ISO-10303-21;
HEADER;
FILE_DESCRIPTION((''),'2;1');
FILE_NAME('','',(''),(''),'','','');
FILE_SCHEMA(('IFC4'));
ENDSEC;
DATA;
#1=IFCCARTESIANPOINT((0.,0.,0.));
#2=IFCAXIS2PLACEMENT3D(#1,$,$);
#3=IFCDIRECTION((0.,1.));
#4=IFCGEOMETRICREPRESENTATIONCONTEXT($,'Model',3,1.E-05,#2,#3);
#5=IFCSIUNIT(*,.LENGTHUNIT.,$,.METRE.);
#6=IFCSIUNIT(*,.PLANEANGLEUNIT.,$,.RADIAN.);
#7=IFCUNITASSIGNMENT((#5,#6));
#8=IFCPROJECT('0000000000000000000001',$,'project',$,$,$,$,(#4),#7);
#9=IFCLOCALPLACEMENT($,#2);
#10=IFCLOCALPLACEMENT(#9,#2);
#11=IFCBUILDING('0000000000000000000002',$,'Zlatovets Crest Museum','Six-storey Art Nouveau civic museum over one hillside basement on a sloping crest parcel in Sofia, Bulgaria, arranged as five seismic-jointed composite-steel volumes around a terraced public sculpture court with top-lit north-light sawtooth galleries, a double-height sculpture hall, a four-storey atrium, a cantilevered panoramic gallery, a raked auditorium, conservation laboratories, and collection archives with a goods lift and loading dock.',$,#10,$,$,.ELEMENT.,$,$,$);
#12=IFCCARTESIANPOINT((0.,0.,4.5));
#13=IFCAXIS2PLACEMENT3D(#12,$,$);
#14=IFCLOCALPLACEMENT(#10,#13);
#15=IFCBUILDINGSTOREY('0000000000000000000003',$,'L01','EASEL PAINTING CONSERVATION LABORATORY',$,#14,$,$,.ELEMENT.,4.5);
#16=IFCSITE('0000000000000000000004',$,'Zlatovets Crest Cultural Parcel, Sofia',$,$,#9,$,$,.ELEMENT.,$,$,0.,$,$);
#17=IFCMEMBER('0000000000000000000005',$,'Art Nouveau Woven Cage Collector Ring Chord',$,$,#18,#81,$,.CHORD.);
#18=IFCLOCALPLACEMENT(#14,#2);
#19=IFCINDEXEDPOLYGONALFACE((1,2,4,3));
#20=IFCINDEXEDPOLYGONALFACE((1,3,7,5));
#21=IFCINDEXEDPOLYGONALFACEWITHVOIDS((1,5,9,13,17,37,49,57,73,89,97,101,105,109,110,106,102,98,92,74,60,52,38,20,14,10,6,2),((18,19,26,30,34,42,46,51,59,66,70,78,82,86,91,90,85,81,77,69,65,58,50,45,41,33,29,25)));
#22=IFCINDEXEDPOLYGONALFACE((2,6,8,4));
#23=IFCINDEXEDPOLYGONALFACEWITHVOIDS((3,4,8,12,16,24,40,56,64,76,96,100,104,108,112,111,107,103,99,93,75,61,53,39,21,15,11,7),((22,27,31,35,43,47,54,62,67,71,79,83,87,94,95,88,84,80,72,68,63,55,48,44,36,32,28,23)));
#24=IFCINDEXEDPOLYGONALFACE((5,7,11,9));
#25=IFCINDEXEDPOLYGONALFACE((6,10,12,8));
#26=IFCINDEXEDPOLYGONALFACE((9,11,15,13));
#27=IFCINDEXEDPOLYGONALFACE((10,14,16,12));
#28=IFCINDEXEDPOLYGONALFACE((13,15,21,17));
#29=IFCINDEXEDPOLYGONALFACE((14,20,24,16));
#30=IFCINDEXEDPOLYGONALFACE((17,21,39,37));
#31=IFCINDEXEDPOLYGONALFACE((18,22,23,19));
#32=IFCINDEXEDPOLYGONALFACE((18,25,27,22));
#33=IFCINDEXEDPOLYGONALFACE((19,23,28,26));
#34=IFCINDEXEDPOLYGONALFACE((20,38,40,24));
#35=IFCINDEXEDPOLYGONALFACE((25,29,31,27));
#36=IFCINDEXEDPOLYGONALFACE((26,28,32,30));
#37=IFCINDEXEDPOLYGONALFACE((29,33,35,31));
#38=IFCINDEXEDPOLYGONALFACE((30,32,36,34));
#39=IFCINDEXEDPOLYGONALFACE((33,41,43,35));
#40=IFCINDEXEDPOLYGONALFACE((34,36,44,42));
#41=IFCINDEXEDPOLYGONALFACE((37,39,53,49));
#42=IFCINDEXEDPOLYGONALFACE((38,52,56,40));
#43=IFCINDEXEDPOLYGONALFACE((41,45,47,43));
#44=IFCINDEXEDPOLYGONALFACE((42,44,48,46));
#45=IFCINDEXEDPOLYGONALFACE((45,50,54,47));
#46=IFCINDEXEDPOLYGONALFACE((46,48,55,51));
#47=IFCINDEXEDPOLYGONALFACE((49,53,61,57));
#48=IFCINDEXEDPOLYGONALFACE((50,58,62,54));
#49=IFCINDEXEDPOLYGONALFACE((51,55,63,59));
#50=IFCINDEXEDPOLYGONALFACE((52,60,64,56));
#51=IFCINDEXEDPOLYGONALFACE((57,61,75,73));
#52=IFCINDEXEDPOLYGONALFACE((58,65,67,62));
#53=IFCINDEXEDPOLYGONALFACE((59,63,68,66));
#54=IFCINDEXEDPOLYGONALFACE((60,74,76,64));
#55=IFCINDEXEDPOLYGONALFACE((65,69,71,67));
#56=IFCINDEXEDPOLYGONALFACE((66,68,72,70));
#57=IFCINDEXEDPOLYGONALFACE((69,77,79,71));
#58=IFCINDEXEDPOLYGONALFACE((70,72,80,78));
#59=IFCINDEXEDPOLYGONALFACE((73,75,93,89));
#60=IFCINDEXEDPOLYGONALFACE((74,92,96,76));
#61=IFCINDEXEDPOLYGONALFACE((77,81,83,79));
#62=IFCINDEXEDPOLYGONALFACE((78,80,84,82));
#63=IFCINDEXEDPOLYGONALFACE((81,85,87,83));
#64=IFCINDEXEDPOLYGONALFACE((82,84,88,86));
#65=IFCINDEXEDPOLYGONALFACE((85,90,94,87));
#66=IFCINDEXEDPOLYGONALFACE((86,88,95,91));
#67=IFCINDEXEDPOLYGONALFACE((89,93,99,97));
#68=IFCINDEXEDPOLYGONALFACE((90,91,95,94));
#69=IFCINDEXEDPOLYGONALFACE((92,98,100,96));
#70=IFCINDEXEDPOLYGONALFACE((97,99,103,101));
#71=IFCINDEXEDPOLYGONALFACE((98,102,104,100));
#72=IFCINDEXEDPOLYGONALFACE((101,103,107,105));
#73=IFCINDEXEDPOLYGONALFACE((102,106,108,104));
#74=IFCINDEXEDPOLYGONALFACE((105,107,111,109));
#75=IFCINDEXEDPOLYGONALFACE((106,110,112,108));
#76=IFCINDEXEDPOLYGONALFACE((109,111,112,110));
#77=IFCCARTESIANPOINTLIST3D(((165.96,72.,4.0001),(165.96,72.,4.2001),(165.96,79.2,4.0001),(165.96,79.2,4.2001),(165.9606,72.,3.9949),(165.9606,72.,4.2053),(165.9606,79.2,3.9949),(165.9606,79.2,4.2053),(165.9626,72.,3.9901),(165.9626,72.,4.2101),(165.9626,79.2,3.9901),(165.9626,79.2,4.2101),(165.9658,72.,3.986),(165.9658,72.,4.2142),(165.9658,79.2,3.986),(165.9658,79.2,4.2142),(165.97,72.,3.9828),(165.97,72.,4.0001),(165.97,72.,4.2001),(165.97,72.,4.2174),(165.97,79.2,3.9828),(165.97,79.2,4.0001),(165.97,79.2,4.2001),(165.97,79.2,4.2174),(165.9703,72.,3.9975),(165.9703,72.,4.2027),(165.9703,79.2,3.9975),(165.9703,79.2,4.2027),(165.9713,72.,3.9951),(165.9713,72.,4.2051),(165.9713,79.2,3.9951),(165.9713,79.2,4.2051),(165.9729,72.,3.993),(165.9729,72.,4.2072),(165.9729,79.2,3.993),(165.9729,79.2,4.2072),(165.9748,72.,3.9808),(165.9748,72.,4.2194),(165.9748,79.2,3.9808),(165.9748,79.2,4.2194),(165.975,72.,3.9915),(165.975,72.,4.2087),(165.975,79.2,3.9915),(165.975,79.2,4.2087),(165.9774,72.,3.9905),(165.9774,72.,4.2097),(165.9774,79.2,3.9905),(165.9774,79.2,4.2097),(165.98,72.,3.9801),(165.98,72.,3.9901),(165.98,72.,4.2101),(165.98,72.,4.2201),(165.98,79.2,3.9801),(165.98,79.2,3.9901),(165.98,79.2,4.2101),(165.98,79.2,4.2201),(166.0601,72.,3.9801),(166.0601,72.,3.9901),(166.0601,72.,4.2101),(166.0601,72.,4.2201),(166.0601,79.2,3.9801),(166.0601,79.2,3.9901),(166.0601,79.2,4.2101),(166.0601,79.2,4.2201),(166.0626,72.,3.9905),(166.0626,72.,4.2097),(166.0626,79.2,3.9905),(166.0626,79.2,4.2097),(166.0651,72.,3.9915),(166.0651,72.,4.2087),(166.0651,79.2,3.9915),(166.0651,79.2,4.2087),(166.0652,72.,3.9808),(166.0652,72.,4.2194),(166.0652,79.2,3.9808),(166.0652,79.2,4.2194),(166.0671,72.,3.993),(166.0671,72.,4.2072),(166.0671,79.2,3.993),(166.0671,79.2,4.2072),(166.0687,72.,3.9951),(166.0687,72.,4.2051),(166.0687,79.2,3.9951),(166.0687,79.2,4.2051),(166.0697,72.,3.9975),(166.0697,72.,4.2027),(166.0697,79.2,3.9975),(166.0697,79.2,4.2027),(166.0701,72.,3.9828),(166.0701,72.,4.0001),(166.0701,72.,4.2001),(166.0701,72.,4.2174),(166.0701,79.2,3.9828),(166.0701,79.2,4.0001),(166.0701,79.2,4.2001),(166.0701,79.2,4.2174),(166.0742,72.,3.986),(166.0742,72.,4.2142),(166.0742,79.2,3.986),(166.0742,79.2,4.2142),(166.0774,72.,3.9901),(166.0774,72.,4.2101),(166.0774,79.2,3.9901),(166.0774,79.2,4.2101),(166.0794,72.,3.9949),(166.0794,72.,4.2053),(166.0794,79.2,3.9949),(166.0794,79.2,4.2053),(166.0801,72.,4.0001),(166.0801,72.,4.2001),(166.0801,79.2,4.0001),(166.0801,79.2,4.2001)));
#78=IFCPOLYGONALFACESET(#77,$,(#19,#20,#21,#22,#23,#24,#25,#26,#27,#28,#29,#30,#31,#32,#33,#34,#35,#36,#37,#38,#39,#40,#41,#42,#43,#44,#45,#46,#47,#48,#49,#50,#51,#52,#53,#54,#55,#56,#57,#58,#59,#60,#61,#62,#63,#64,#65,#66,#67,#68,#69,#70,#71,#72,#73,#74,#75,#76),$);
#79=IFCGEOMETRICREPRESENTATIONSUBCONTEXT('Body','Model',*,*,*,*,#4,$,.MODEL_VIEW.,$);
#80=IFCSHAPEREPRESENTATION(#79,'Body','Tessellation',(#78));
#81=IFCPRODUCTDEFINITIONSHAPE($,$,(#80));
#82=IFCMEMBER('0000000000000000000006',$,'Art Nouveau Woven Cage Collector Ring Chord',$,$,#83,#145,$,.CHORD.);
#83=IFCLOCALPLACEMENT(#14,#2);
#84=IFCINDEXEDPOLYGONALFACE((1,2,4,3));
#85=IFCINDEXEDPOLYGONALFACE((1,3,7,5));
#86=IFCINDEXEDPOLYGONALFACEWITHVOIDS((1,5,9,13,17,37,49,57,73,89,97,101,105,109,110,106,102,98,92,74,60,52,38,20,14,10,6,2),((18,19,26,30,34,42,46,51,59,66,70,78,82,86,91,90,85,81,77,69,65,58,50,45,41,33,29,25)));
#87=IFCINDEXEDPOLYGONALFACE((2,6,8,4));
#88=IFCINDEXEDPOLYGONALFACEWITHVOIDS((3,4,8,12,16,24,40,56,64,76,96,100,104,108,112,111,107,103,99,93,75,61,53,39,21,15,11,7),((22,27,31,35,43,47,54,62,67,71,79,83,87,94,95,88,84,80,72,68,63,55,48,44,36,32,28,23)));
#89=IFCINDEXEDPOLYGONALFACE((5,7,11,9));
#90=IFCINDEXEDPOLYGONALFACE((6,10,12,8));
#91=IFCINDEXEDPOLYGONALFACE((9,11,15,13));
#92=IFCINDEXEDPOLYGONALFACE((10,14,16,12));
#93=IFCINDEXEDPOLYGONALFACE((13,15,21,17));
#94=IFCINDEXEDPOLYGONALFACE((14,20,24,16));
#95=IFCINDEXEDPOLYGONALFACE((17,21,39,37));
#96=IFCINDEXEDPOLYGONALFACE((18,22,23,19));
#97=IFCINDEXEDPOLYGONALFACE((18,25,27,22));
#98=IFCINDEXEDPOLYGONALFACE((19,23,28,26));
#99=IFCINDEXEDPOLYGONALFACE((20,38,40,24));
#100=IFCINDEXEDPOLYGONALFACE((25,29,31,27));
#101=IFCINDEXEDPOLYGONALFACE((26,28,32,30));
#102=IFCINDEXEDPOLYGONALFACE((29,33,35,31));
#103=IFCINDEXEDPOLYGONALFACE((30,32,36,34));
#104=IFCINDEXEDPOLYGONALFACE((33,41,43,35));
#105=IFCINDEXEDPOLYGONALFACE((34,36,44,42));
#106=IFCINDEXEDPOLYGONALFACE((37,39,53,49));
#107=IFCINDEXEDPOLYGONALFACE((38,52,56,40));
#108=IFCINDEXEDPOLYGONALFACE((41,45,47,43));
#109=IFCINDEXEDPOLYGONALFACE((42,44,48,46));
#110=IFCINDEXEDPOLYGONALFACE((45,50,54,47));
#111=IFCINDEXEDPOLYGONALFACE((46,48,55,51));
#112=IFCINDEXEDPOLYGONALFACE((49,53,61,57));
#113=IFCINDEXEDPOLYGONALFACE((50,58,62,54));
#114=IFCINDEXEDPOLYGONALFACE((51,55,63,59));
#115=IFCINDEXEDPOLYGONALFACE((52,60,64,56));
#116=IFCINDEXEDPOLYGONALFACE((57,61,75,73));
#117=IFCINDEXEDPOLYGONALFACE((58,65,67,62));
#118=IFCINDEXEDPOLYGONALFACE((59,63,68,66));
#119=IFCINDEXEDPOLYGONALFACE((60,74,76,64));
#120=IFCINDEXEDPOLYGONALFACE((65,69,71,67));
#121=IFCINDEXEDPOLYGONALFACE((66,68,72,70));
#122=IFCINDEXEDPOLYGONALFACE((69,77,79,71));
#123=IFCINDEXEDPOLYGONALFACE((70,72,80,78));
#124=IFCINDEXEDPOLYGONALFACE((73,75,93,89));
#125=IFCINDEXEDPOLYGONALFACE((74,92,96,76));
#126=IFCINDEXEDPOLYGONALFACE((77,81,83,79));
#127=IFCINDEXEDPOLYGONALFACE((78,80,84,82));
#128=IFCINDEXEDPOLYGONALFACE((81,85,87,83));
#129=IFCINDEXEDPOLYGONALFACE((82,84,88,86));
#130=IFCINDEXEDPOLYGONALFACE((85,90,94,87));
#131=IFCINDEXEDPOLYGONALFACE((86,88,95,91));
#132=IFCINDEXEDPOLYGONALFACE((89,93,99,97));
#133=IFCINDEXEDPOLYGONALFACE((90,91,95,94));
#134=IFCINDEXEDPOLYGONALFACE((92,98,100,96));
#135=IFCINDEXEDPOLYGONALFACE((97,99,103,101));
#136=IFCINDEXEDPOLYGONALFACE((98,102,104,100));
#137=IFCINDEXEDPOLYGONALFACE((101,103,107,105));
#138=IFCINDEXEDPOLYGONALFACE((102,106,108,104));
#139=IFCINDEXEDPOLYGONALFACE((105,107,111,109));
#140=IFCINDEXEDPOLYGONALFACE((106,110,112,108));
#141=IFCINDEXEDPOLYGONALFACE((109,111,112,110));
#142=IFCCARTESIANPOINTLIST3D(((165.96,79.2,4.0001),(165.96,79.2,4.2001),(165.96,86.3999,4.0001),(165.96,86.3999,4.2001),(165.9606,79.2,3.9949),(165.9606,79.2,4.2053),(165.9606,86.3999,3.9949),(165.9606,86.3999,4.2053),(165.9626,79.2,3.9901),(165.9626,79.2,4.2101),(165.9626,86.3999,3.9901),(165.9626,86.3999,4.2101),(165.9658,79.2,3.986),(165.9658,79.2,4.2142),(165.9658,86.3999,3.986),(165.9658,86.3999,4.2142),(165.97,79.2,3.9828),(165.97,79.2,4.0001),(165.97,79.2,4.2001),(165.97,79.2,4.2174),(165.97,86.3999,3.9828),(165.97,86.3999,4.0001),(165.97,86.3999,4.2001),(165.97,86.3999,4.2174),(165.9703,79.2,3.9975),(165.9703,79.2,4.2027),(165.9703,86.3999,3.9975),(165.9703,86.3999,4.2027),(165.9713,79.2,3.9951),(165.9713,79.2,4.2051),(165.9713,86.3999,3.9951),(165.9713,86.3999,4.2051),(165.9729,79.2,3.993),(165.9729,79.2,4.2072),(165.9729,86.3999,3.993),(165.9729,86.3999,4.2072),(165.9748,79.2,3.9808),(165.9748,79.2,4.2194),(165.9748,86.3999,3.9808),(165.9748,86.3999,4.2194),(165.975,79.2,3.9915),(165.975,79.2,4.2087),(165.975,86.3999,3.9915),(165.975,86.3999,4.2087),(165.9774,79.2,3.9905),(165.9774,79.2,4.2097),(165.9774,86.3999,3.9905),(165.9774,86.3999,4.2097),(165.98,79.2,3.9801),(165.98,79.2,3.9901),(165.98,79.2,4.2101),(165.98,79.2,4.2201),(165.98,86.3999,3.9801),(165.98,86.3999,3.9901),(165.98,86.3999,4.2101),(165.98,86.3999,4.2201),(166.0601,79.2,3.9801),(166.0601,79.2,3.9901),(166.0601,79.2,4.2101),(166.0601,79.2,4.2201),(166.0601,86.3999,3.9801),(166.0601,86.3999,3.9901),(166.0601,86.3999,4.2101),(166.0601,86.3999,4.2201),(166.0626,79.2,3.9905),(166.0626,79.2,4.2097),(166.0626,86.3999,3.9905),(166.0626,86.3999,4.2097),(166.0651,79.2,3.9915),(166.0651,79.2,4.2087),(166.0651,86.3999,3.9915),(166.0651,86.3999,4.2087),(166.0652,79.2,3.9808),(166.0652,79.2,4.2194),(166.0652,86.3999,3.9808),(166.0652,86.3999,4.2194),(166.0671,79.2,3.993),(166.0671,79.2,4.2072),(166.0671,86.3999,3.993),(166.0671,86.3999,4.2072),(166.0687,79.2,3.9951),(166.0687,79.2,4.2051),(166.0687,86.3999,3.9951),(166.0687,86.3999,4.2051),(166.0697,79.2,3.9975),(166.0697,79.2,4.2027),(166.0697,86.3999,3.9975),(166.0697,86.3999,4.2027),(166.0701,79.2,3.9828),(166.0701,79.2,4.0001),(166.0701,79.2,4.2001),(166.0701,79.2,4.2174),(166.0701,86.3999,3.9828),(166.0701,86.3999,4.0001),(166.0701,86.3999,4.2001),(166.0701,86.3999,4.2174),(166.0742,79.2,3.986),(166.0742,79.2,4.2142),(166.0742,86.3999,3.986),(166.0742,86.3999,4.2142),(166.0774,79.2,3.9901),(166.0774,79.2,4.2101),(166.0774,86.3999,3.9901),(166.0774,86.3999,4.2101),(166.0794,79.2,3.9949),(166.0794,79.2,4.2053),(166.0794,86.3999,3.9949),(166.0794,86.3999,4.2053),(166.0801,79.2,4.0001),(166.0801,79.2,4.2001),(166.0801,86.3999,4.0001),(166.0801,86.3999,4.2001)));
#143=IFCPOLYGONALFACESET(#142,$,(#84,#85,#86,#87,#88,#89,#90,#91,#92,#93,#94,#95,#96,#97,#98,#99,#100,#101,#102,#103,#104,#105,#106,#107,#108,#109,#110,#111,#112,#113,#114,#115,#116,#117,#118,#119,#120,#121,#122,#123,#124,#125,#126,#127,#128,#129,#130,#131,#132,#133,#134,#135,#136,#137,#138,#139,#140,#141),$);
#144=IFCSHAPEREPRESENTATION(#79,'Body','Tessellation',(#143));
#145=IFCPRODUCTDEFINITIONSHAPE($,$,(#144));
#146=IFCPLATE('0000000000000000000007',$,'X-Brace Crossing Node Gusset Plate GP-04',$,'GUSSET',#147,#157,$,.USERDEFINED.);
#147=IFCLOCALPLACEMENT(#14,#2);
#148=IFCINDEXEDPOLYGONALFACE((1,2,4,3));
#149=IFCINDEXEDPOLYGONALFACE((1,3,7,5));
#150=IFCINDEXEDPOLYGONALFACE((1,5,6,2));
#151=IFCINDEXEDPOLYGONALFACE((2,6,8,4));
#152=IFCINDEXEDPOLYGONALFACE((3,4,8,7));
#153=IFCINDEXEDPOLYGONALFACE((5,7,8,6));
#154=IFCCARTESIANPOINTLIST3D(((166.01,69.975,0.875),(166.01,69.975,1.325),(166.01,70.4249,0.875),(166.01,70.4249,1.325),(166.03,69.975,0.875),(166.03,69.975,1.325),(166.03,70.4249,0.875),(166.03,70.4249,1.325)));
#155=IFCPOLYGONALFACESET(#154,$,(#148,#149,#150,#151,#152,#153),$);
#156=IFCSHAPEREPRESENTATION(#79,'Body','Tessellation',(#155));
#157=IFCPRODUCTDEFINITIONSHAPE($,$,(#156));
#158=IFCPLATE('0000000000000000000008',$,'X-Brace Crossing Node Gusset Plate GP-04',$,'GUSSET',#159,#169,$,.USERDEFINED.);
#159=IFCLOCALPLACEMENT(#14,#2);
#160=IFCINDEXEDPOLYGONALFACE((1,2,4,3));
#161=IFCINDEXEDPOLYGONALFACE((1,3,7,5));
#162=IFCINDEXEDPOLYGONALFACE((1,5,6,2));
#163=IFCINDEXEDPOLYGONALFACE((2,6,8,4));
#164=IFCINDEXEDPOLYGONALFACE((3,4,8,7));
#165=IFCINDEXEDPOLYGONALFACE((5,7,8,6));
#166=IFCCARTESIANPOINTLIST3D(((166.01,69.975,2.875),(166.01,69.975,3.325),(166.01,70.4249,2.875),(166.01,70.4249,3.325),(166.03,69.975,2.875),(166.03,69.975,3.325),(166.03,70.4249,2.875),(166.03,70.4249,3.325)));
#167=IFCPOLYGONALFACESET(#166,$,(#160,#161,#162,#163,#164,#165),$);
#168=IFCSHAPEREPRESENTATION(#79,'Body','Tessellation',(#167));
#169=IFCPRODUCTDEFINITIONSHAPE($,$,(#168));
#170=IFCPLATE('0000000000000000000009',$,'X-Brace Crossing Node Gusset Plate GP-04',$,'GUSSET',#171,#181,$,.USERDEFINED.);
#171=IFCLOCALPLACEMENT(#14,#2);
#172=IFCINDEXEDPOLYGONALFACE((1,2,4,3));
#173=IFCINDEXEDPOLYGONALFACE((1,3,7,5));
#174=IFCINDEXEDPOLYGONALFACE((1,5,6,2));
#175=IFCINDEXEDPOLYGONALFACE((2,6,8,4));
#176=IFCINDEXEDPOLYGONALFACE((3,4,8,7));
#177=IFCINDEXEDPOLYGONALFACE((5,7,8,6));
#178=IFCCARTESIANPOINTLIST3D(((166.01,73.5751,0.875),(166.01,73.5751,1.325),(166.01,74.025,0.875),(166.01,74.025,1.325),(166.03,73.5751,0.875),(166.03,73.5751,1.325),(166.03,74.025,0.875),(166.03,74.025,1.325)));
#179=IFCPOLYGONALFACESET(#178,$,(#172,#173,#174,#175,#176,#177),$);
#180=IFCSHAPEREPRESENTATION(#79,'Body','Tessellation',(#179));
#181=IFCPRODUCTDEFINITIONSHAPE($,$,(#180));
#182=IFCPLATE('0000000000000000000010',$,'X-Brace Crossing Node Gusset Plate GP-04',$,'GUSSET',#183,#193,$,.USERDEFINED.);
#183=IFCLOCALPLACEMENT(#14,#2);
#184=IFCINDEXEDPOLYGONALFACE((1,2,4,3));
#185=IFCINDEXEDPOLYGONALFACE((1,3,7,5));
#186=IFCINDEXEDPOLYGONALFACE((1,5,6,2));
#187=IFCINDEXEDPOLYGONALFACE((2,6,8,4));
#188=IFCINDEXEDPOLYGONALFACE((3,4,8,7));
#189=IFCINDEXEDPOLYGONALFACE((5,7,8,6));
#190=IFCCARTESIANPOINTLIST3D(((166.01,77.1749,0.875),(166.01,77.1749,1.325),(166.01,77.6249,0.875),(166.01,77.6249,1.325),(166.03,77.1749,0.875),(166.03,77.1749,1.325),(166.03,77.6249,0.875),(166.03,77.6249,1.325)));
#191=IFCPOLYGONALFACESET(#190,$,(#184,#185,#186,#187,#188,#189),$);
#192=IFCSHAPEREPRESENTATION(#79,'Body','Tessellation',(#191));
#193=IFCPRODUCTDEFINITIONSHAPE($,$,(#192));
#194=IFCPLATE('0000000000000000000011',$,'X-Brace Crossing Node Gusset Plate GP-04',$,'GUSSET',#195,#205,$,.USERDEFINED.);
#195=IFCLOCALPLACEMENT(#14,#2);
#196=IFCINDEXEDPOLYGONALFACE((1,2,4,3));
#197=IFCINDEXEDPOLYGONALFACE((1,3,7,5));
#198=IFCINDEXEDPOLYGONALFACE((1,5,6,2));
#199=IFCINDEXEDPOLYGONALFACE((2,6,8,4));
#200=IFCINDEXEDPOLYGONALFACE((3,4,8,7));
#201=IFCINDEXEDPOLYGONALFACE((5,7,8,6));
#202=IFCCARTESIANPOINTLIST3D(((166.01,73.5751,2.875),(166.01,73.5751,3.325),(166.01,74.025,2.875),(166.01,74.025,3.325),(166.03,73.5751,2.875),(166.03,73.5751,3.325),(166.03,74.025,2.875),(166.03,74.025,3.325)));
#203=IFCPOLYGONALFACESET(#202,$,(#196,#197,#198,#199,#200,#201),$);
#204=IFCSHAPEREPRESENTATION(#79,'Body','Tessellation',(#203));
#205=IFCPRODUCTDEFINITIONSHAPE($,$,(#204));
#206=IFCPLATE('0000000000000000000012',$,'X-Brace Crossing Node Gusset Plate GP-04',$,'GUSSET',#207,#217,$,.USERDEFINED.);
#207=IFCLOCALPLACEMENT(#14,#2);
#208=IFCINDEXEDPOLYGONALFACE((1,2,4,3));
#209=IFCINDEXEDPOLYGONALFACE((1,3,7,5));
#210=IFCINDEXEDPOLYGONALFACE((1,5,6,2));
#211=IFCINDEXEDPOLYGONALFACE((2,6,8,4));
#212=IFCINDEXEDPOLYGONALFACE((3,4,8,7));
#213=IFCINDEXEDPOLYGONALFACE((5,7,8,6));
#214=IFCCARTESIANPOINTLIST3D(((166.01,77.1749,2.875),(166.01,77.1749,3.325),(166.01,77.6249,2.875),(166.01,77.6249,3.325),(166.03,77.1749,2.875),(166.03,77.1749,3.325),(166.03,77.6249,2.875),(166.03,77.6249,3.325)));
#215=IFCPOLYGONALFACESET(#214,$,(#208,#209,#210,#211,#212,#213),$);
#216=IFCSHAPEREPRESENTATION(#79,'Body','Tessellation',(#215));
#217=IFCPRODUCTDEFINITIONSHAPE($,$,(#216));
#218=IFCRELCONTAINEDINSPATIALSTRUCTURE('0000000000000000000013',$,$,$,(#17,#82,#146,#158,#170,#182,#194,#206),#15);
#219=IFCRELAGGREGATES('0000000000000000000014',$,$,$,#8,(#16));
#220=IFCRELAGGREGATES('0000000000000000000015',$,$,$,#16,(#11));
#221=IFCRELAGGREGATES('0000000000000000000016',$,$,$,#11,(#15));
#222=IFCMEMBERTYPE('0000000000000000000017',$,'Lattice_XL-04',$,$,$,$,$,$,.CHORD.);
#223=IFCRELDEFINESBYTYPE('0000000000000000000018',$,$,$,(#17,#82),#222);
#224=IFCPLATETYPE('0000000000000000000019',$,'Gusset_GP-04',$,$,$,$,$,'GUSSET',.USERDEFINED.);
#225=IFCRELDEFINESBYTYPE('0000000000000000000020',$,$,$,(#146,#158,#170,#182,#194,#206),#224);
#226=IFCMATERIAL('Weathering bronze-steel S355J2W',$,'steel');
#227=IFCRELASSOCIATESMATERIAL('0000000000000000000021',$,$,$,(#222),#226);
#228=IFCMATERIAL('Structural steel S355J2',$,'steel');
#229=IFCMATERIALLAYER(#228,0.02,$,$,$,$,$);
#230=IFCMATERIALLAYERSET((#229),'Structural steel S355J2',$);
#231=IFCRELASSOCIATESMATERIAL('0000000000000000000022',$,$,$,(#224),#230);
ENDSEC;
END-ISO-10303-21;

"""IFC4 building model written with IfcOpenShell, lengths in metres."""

from ifc_helpers import new_model, si_unit, direction, frame, origin, origin_2d, place, context, subcontext, project, spatial, rectangle, hollow_rectangle, extrude, material, layer, layer_set, material_profile, profile_set, type_object, element, save


model = new_model("IFC4")

# Units and contexts
model_context = context("Model", 3, precision=1e-05, world=origin(), true_north=direction((0.0, 1.0)))
body_context = subcontext(model_context, "Body", "Model", "MODEL_VIEW")
ifc_project = project(units=[si_unit("LENGTHUNIT", "METRE"), si_unit("PLANEANGLEUNIT", "RADIAN")], contexts=[model_context])

# Site, building, storey
site_placement = place(None, origin())
site = spatial("IfcSite", under=ifc_project, at=site_placement, Name="Zlatovets Crest Cultural Parcel, Sofia", CompositionType="ELEMENT", RefElevation=0.0)
building_placement = place(site_placement, origin())
building = spatial("IfcBuilding", under=site, at=building_placement, Name="Zlatovets Crest Museum", Description="Six-storey Art Nouveau civic museum over one hillside basement on a sloping crest parcel in Sofia, Bulgaria, arranged as five seismic-jointed composite-steel volumes around a terraced public sculpture court with top-lit north-light sawtooth galleries, a double-height sculpture hall, a four-storey atrium, a cantilevered panoramic gallery, a raked auditorium, conservation laboratories, and collection archives with a goods lift and loading dock.", CompositionType="ELEMENT")
storey_placement = place(building_placement, frame((0.0, 0.0, 4.5)))
storey = spatial("IfcBuildingStorey", under=building, at=storey_placement, Name="L01", Description="EASEL PAINTING CONSERVATION LABORATORY", CompositionType="ELEMENT", Elevation=4.5)

# Members
ifc_material_1 = material(Name="Weathering bronze-steel S355J2W", Category="steel")
ifc_material_profile_1 = material_profile(ifc_material_1, hollow_rectangle(XDim=0.1201, YDim=0.24, WallThickness=0.01, InnerFilletRadius=0.01, OuterFilletRadius=0.02, at=origin_2d()), Name="RHS 120x240x10.0")
ifc_profile_set_1 = profile_set([ifc_material_profile_1], Name="Weathering bronze-steel S355J2W")
member_type_1 = type_object("IfcMemberType", Name="Lattice_XL-04", PredefinedType="CHORD", material=ifc_profile_set_1)
for number, where, z_axis, x_axis, name in (
    (1, (166.02, 72.0, 4.1001), (0.0, 1.0, 0.0), (-1.0, 0.0, 0.0), "Art Nouveau Woven Cage Collector Ring Chord"),
    (2, (166.02, 79.2, 4.1001), (0.0, 1.0, 0.0), (-1.0, 0.0, 0.0), "Art Nouveau Woven Cage Collector Ring Chord"),
):
    element("IfcMember", number, at=place(storey_placement, frame(where, z_axis=z_axis, x_axis=x_axis)), inside=storey, type_object=member_type_1, Name=name, PredefinedType="CHORD", context=body_context, shape_type="SweptSolid", body=[
        extrude(hollow_rectangle(XDim=0.1201, YDim=0.24, WallThickness=0.01, InnerFilletRadius=0.01, OuterFilletRadius=0.02, at=origin_2d()), origin(), (0.0, 0.0, 1.0), 7.2),
    ])

# Plates
ifc_material_2 = material(Name="Structural steel S355J2", Category="steel")
ifc_layer = layer(ifc_material_2, 0.02)
ifc_layer_set = layer_set([ifc_layer], Name="Structural steel S355J2")
plate_type = type_object("IfcPlateType", Name="Gusset_GP-04", ElementType="GUSSET", PredefinedType="USERDEFINED", material=ifc_layer_set)
for number, where, z_axis, x_axis, name in (
    (3, (166.02, 70.2, 0.875), (0.0, 0.0, 1.0), (1.0, 0.0, 0.0), "X-Brace Crossing Node Gusset Plate GP-04"),
    (4, (166.02, 70.2, 2.875), (0.0, 0.0, 1.0), (1.0, 0.0, 0.0), "X-Brace Crossing Node Gusset Plate GP-04"),
    (5, (166.02, 73.8, 0.875), (0.0, 0.0, 1.0), (1.0, 0.0, 0.0), "X-Brace Crossing Node Gusset Plate GP-04"),
    (6, (166.02, 77.3999, 0.875), (0.0, 0.0, 1.0), (1.0, 0.0, 0.0), "X-Brace Crossing Node Gusset Plate GP-04"),
    (7, (166.02, 73.8, 2.875), (0.0, 0.0, 1.0), (1.0, 0.0, 0.0), "X-Brace Crossing Node Gusset Plate GP-04"),
    (8, (166.02, 77.3999, 2.875), (0.0, 0.0, 1.0), (1.0, 0.0, 0.0), "X-Brace Crossing Node Gusset Plate GP-04"),
):
    element("IfcPlate", number, at=place(storey_placement, frame(where, z_axis=z_axis, x_axis=x_axis)), inside=storey, type_object=plate_type, Name=name, ObjectType="GUSSET", PredefinedType="USERDEFINED", context=body_context, shape_type="SweptSolid", body=[
        extrude(rectangle(XDim=0.02, YDim=0.45, at=origin_2d()), origin(), (0.0, 0.0, 1.0), 0.45),
    ])

save(model, "model.ifc")
